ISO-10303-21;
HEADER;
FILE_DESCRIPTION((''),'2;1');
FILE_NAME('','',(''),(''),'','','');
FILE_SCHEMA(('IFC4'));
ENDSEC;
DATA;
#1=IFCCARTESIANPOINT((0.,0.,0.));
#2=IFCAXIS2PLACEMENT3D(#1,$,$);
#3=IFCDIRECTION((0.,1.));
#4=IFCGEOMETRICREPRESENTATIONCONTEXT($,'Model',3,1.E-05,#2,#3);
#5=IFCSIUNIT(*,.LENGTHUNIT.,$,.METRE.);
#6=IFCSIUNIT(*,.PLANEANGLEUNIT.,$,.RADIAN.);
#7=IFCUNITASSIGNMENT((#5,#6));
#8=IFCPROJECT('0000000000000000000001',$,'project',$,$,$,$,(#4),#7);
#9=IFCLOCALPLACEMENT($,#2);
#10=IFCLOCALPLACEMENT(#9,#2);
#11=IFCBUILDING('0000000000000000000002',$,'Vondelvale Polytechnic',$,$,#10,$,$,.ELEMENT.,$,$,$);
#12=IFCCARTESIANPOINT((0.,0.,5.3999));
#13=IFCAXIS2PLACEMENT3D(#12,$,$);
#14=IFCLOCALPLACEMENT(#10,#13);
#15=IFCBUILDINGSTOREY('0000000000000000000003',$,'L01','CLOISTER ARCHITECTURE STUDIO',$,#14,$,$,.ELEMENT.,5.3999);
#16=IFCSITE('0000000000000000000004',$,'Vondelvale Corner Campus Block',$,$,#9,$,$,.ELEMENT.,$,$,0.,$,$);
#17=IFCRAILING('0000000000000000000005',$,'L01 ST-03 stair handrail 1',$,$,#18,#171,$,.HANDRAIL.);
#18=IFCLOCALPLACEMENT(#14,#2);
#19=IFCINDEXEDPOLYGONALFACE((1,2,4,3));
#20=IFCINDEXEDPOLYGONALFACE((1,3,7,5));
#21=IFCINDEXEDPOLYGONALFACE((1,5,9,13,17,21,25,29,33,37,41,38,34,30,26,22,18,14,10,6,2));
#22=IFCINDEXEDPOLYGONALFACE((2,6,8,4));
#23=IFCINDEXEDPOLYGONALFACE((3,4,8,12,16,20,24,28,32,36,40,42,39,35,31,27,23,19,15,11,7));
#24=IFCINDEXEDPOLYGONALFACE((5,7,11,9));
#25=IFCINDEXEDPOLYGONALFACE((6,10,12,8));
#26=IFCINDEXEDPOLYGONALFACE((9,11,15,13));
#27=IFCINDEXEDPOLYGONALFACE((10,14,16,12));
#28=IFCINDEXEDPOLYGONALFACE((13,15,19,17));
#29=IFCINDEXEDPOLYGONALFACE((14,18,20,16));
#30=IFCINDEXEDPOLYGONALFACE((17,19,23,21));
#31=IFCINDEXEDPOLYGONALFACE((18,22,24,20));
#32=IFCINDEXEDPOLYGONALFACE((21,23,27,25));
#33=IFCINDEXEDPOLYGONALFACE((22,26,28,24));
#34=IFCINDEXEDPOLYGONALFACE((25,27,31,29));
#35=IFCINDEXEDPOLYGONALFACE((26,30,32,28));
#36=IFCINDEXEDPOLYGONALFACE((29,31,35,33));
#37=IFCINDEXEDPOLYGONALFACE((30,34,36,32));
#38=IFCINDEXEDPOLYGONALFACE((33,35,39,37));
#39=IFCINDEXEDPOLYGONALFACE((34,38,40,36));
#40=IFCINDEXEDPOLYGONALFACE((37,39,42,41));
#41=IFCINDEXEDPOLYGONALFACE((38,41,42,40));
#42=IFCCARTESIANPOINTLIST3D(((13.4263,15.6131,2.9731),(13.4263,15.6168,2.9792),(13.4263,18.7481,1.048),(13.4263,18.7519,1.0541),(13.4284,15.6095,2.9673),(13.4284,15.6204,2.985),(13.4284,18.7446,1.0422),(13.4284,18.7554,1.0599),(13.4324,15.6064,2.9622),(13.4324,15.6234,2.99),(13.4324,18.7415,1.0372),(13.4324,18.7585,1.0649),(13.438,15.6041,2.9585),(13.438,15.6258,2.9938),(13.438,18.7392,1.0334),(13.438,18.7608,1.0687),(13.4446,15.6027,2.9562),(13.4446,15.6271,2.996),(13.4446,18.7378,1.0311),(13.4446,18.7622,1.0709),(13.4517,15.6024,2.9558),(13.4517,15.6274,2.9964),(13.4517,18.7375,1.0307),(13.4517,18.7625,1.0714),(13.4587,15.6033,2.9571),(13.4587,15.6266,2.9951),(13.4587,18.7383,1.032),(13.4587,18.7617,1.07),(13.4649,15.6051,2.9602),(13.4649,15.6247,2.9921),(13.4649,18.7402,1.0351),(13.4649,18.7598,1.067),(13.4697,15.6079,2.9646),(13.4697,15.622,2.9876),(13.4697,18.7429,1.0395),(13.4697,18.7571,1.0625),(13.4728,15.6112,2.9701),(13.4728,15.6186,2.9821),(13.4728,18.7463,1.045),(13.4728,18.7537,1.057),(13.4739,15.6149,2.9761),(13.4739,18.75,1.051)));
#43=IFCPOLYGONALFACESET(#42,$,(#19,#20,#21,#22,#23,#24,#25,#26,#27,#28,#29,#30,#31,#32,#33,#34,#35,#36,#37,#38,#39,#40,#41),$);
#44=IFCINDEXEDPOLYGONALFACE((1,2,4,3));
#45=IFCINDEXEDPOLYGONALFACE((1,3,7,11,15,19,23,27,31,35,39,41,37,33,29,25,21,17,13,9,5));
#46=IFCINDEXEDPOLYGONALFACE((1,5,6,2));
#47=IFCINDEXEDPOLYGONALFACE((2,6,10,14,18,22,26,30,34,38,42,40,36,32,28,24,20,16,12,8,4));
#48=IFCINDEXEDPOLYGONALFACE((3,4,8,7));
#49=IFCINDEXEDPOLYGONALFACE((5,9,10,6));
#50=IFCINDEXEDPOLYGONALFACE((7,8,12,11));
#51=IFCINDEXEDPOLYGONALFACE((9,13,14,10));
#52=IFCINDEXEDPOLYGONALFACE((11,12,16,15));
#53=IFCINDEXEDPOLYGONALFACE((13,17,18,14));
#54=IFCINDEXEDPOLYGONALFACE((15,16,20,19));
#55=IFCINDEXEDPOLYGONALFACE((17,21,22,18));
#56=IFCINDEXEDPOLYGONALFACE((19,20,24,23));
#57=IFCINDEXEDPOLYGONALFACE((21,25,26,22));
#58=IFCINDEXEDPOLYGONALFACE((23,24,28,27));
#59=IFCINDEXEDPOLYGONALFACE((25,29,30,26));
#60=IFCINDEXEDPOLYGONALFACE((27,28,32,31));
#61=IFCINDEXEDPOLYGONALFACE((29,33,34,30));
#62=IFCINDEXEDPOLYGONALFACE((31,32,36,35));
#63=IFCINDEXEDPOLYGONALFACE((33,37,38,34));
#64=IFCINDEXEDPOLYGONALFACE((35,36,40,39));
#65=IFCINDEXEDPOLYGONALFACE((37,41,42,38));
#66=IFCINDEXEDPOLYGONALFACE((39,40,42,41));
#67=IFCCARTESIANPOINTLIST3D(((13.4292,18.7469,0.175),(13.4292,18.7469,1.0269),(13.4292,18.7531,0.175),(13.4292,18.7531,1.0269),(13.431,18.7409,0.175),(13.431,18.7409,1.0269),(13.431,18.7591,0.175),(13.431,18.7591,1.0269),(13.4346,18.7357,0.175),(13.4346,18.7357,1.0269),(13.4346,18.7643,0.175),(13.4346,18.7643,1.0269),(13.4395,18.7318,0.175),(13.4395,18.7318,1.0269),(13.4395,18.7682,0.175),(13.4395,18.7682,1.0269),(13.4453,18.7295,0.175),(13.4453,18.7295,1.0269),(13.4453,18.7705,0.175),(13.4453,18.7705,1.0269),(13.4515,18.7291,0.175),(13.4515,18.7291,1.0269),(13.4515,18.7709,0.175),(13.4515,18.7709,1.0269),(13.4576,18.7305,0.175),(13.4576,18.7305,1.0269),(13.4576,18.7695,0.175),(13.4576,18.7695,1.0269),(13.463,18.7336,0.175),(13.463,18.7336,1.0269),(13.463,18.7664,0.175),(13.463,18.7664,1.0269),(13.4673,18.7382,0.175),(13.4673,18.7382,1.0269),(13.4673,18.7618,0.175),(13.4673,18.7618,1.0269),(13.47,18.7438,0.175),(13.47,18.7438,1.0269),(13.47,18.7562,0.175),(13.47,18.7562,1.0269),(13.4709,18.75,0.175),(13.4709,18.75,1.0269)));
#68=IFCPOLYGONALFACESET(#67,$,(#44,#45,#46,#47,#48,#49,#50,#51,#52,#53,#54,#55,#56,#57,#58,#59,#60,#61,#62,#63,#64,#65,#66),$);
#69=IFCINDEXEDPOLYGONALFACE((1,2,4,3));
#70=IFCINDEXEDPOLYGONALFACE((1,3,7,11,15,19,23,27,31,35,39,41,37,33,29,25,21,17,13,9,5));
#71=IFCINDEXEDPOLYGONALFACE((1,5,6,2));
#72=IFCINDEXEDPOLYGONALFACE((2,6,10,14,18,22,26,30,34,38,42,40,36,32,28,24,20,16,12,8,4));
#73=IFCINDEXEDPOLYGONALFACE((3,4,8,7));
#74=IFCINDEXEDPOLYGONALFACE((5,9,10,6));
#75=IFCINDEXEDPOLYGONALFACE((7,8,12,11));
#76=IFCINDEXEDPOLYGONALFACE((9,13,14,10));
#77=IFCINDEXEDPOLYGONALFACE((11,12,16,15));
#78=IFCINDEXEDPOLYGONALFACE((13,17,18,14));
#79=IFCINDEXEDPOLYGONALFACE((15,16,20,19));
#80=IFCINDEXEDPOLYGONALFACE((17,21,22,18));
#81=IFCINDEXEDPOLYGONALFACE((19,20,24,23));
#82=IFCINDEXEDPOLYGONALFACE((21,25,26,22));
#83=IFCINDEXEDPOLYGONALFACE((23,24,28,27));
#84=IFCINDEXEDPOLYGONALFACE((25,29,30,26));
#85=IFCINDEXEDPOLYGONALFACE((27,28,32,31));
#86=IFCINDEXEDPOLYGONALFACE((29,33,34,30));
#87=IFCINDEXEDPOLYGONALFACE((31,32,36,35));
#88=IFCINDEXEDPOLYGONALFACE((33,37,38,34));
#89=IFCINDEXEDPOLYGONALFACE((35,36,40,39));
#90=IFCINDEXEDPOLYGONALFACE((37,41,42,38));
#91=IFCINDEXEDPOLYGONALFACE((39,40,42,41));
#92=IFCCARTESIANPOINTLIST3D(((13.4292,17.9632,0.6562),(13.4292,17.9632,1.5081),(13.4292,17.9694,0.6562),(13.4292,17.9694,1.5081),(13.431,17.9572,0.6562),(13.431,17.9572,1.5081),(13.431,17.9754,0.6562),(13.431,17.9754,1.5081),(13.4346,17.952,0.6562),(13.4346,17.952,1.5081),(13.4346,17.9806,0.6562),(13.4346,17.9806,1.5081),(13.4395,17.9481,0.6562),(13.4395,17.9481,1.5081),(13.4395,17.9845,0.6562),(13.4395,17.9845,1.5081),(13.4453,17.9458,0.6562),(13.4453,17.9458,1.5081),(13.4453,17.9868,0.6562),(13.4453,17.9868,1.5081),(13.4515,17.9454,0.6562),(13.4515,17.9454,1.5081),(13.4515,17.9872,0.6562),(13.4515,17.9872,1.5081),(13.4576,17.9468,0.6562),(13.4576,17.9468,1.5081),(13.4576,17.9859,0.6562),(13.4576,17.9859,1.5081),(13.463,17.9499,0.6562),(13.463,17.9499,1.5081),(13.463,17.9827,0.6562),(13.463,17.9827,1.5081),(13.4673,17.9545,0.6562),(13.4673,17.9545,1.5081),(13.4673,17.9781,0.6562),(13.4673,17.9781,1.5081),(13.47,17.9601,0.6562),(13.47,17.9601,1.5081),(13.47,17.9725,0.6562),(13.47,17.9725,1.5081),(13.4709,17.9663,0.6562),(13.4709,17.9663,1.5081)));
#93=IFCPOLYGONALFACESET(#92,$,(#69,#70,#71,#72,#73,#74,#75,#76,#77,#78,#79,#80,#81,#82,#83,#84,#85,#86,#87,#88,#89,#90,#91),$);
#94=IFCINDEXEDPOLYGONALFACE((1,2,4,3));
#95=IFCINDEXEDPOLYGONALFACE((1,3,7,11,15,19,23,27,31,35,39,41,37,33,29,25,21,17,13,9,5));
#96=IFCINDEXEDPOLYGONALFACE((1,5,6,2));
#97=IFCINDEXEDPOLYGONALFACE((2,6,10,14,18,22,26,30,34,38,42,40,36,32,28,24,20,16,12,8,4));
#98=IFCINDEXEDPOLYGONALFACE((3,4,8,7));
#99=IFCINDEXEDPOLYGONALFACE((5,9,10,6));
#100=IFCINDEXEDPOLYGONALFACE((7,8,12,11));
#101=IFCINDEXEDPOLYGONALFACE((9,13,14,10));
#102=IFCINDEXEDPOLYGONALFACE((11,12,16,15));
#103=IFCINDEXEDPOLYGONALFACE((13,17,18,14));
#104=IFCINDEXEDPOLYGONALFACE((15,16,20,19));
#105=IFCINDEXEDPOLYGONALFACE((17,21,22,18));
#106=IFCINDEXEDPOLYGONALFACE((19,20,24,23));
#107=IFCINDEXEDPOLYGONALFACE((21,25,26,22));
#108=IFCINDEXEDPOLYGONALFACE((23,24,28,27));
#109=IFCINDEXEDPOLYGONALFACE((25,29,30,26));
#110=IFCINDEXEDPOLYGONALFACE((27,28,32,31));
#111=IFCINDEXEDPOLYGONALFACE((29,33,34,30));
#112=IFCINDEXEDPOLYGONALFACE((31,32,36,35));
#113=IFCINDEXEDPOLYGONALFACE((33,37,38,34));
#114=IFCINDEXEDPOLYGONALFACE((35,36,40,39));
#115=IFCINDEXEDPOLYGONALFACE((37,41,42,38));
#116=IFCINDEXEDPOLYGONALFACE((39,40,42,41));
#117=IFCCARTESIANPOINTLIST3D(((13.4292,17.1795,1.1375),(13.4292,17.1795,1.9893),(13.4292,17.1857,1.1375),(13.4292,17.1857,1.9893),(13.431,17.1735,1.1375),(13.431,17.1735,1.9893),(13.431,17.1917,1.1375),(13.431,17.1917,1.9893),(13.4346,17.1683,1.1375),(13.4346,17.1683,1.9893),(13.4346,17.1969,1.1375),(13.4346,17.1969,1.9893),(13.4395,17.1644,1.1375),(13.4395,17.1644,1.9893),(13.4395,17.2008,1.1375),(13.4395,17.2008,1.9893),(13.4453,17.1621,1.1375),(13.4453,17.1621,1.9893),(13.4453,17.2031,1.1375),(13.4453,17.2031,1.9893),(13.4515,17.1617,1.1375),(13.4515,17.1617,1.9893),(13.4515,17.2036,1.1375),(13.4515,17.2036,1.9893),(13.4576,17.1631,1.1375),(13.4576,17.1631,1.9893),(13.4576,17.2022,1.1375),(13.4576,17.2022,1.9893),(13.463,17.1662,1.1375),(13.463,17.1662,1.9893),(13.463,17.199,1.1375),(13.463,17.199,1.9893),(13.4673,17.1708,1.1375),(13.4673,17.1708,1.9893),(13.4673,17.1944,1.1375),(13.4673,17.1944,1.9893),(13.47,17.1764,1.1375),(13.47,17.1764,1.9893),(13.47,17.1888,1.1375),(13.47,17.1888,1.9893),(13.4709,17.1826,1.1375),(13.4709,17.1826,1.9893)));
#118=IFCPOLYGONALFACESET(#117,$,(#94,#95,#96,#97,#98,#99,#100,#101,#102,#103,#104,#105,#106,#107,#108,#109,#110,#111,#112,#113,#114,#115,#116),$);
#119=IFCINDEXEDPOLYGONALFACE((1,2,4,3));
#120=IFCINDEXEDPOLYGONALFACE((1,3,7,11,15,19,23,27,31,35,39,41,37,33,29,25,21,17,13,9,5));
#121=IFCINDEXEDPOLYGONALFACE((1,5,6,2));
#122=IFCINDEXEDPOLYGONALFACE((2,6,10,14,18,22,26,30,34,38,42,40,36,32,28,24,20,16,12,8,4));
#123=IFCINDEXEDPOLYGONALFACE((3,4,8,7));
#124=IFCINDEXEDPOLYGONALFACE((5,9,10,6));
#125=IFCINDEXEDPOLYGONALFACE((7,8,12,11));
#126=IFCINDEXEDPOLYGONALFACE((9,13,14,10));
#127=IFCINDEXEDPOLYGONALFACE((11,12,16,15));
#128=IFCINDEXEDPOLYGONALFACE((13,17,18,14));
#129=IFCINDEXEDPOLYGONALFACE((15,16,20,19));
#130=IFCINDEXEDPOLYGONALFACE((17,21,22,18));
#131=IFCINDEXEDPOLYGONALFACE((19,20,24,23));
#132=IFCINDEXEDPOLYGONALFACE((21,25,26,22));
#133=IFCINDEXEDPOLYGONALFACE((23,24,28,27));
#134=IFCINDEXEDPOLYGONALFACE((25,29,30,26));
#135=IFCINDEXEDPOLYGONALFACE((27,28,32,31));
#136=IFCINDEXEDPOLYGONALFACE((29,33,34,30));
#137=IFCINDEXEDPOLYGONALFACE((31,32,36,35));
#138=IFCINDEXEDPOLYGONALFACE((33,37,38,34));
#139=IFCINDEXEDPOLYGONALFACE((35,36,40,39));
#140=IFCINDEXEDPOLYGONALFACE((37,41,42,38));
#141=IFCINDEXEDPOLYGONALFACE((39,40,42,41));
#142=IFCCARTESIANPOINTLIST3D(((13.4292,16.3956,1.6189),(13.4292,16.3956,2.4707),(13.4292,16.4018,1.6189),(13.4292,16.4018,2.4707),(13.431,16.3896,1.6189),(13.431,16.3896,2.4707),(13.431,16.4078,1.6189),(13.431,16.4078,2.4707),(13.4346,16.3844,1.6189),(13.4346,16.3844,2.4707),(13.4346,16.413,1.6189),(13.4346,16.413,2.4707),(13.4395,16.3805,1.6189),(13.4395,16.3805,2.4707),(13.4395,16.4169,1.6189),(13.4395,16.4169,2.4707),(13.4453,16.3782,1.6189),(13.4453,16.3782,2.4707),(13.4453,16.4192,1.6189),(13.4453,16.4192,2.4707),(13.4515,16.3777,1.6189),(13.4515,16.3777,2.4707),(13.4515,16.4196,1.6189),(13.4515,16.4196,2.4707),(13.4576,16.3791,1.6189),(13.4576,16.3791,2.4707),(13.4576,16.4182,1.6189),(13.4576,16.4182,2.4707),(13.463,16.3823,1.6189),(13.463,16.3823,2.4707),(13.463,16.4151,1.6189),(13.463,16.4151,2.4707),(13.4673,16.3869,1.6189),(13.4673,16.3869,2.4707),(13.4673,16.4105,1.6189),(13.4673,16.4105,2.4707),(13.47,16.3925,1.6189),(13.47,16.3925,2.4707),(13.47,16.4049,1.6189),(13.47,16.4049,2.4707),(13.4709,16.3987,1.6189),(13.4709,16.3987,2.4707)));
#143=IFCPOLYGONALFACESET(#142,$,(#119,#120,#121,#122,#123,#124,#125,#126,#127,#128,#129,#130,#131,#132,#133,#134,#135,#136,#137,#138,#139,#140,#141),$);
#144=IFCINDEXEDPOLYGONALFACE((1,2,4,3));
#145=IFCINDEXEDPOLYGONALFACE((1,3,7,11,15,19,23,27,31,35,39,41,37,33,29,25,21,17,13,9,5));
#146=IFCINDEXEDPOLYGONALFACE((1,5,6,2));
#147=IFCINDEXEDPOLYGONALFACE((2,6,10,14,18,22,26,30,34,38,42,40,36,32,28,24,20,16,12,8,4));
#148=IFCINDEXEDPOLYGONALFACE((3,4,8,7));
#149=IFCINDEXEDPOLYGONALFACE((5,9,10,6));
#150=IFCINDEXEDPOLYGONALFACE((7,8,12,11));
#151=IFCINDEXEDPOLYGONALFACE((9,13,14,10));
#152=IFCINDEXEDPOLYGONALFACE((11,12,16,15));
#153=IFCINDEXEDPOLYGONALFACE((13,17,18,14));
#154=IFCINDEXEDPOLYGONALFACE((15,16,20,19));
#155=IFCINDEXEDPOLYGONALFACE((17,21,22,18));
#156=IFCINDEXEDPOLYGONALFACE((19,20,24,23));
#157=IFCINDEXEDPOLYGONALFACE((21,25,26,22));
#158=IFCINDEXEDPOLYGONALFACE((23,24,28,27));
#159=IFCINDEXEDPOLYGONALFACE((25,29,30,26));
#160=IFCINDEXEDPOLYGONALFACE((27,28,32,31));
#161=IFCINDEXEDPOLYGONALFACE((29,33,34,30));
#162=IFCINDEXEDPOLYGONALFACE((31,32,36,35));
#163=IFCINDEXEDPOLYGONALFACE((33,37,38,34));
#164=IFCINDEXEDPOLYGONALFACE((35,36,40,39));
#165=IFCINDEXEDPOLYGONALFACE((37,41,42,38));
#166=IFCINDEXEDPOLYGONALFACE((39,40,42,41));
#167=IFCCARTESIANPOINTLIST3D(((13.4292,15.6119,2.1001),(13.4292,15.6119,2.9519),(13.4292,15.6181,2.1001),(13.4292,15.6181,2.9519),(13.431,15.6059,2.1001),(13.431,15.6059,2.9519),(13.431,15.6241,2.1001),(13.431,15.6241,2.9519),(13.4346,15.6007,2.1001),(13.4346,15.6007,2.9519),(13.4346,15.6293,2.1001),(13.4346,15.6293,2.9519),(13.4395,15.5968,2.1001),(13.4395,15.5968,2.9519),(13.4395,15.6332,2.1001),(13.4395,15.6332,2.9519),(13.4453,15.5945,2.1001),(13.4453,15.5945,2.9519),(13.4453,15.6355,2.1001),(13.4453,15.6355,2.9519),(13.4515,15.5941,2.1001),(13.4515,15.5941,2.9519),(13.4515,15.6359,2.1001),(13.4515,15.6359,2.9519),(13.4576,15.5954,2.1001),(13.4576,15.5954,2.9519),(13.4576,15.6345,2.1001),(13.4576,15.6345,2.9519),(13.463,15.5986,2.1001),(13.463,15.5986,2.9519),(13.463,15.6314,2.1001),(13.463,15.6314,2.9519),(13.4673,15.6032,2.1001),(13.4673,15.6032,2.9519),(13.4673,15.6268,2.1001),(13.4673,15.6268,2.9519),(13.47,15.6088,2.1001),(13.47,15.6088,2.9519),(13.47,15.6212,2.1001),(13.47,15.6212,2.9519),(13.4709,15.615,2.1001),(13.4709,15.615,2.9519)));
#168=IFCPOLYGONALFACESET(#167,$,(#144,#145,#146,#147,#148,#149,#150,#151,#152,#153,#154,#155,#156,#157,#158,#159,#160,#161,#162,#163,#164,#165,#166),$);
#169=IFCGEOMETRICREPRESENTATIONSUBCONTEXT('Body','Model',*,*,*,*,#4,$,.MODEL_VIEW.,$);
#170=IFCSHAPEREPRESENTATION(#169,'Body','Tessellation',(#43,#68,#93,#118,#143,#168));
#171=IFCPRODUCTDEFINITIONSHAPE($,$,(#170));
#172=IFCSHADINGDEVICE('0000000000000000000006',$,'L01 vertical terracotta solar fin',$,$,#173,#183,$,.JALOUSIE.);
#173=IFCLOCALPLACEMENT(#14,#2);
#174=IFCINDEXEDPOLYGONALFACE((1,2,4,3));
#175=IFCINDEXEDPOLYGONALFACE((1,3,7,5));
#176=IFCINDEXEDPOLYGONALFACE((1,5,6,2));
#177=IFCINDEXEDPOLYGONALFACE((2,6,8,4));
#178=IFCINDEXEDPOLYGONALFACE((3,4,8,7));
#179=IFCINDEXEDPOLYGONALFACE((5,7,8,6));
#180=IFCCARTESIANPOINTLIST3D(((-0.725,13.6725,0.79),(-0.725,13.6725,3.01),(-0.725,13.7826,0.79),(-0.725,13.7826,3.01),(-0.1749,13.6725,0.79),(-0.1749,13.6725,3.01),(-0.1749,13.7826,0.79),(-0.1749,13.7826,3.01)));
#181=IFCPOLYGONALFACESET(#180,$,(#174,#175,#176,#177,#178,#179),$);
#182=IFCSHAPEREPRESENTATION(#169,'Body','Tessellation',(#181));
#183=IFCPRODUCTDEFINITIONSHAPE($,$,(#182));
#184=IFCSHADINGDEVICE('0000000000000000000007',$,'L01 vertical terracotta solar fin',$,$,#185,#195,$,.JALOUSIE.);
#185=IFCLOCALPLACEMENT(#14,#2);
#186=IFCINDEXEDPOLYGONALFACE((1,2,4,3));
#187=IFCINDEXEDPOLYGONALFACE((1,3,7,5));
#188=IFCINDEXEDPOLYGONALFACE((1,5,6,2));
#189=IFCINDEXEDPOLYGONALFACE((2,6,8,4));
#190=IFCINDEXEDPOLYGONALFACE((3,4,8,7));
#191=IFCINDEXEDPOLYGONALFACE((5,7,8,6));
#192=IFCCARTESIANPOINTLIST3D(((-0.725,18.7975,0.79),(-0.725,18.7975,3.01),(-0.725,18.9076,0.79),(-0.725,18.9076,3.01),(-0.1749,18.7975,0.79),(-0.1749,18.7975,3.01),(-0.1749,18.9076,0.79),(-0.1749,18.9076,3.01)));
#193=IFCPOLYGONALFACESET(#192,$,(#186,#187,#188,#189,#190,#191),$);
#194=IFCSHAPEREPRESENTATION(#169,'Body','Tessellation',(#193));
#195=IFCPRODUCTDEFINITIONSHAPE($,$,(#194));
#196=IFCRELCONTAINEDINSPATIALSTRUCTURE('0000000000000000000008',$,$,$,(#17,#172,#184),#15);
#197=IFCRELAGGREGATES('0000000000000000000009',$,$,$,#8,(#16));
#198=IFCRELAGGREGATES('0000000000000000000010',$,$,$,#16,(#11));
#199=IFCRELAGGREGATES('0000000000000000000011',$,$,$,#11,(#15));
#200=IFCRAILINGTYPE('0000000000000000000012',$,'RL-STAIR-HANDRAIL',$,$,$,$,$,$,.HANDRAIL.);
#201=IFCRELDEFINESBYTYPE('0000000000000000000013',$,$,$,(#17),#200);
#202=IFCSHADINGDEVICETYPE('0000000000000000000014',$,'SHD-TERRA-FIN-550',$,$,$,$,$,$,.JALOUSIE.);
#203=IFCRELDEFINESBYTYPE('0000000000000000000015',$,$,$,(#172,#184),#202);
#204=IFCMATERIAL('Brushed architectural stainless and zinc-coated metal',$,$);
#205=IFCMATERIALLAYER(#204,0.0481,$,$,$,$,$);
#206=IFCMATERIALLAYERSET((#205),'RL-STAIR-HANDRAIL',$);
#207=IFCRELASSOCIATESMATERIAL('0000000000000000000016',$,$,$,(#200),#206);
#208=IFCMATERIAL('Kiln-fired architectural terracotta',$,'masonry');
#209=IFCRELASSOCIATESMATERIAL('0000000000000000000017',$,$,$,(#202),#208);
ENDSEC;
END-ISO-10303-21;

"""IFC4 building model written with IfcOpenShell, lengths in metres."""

from ifc_helpers import new_model, si_unit, direction, frame, origin, origin_2d, place, context, subcontext, project, spatial, rectangle, circle, extrude, material, layer, layer_set, type_object, element, save


model = new_model("IFC4")

# Units and contexts
model_context = context("Model", 3, precision=1e-05, world=origin(), true_north=direction((0.0, 1.0)))
body_context = subcontext(model_context, "Body", "Model", "MODEL_VIEW")
ifc_project = project(units=[si_unit("LENGTHUNIT", "METRE"), si_unit("PLANEANGLEUNIT", "RADIAN")], contexts=[model_context])

# Site, building, storey
site_placement = place(None, origin())
site = spatial("IfcSite", under=ifc_project, at=site_placement, Name="Vondelvale Corner Campus Block", CompositionType="ELEMENT", RefElevation=0.0)
building_placement = place(site_placement, origin())
building = spatial("IfcBuilding", under=site, at=building_placement, Name="Vondelvale Polytechnic", CompositionType="ELEMENT")
storey_placement = place(building_placement, frame((0.0, 0.0, 5.3999)))
storey = spatial("IfcBuildingStorey", under=building, at=storey_placement, Name="L01", Description="CLOISTER ARCHITECTURE STUDIO", CompositionType="ELEMENT", Elevation=5.3999)

# Railing
ifc_material_1 = material(Name="Brushed architectural stainless and zinc-coated metal")
ifc_layer_1 = layer(ifc_material_1, 0.0481)
ifc_layer_set_1 = layer_set([ifc_layer_1], Name="RL-STAIR-HANDRAIL")
railing_type_1 = type_object("IfcRailingType", Name="RL-STAIR-HANDRAIL", PredefinedType="HANDRAIL", material=ifc_layer_set_1)
railing_1_placement = place(storey_placement, frame((13.45, 18.75, 0.175)))
element("IfcRailing", 1, at=railing_1_placement, inside=storey, type_object=railing_type_1, Name="L01 ST-03 stair handrail 1", PredefinedType="HANDRAIL", context=body_context, shape_type="SweptSolid", body=[
    extrude(circle(Radius=0.0239, at=origin_2d()), frame((0.0, 0.0, 0.876), z_axis=(0.0, -0.852166, 0.523271), x_axis=(1.0, 0.0, 0.0)), (0.0, 0.0, 1.0), 3.679),
    extrude(circle(Radius=0.021, at=origin_2d()), origin(), (0.0, 0.0, 1.0), 0.8518),
    extrude(circle(Radius=0.021, at=origin_2d()), frame((0.0, -0.7837, 0.4812)), (0.0, 0.0, 1.0), 0.8518),
    extrude(circle(Radius=0.021, at=origin_2d()), frame((0.0, -1.5674, 0.9624)), (0.0, 0.0, 1.0), 0.8518),
    extrude(circle(Radius=0.021, at=origin_2d()), frame((0.0, -2.3513, 1.4438)), (0.0, 0.0, 1.0), 0.8518),
    extrude(circle(Radius=0.021, at=origin_2d()), frame((0.0, -3.135, 1.925)), (0.0, 0.0, 1.0), 0.8518),
])

# Shading devices
ifc_material_2 = material(Name="Kiln-fired architectural terracotta", Category="masonry")
shading_device_type = type_object("IfcShadingDeviceType", Name="SHD-TERRA-FIN-550", PredefinedType="JALOUSIE", material=ifc_material_2)
for number, where, z_axis, x_axis, name in (
    (2, (-0.45, 13.7275, 0.79), (0.0, 0.0, 1.0), (0.0, 1.0, 0.0), "L01 vertical terracotta solar fin"),
    (3, (-0.45, 18.8525, 0.79), (0.0, 0.0, 1.0), (0.0, 1.0, 0.0), "L01 vertical terracotta solar fin"),
):
    element("IfcShadingDevice", number, at=place(storey_placement, frame(where, z_axis=z_axis, x_axis=x_axis)), inside=storey, type_object=shading_device_type, Name=name, PredefinedType="JALOUSIE", context=body_context, shape_type="SweptSolid", body=[
        extrude(rectangle(XDim=0.1101, YDim=0.55, at=origin_2d()), origin(), (0.0, 0.0, 1.0), 2.22),
    ])

save(model, "model.ifc")
